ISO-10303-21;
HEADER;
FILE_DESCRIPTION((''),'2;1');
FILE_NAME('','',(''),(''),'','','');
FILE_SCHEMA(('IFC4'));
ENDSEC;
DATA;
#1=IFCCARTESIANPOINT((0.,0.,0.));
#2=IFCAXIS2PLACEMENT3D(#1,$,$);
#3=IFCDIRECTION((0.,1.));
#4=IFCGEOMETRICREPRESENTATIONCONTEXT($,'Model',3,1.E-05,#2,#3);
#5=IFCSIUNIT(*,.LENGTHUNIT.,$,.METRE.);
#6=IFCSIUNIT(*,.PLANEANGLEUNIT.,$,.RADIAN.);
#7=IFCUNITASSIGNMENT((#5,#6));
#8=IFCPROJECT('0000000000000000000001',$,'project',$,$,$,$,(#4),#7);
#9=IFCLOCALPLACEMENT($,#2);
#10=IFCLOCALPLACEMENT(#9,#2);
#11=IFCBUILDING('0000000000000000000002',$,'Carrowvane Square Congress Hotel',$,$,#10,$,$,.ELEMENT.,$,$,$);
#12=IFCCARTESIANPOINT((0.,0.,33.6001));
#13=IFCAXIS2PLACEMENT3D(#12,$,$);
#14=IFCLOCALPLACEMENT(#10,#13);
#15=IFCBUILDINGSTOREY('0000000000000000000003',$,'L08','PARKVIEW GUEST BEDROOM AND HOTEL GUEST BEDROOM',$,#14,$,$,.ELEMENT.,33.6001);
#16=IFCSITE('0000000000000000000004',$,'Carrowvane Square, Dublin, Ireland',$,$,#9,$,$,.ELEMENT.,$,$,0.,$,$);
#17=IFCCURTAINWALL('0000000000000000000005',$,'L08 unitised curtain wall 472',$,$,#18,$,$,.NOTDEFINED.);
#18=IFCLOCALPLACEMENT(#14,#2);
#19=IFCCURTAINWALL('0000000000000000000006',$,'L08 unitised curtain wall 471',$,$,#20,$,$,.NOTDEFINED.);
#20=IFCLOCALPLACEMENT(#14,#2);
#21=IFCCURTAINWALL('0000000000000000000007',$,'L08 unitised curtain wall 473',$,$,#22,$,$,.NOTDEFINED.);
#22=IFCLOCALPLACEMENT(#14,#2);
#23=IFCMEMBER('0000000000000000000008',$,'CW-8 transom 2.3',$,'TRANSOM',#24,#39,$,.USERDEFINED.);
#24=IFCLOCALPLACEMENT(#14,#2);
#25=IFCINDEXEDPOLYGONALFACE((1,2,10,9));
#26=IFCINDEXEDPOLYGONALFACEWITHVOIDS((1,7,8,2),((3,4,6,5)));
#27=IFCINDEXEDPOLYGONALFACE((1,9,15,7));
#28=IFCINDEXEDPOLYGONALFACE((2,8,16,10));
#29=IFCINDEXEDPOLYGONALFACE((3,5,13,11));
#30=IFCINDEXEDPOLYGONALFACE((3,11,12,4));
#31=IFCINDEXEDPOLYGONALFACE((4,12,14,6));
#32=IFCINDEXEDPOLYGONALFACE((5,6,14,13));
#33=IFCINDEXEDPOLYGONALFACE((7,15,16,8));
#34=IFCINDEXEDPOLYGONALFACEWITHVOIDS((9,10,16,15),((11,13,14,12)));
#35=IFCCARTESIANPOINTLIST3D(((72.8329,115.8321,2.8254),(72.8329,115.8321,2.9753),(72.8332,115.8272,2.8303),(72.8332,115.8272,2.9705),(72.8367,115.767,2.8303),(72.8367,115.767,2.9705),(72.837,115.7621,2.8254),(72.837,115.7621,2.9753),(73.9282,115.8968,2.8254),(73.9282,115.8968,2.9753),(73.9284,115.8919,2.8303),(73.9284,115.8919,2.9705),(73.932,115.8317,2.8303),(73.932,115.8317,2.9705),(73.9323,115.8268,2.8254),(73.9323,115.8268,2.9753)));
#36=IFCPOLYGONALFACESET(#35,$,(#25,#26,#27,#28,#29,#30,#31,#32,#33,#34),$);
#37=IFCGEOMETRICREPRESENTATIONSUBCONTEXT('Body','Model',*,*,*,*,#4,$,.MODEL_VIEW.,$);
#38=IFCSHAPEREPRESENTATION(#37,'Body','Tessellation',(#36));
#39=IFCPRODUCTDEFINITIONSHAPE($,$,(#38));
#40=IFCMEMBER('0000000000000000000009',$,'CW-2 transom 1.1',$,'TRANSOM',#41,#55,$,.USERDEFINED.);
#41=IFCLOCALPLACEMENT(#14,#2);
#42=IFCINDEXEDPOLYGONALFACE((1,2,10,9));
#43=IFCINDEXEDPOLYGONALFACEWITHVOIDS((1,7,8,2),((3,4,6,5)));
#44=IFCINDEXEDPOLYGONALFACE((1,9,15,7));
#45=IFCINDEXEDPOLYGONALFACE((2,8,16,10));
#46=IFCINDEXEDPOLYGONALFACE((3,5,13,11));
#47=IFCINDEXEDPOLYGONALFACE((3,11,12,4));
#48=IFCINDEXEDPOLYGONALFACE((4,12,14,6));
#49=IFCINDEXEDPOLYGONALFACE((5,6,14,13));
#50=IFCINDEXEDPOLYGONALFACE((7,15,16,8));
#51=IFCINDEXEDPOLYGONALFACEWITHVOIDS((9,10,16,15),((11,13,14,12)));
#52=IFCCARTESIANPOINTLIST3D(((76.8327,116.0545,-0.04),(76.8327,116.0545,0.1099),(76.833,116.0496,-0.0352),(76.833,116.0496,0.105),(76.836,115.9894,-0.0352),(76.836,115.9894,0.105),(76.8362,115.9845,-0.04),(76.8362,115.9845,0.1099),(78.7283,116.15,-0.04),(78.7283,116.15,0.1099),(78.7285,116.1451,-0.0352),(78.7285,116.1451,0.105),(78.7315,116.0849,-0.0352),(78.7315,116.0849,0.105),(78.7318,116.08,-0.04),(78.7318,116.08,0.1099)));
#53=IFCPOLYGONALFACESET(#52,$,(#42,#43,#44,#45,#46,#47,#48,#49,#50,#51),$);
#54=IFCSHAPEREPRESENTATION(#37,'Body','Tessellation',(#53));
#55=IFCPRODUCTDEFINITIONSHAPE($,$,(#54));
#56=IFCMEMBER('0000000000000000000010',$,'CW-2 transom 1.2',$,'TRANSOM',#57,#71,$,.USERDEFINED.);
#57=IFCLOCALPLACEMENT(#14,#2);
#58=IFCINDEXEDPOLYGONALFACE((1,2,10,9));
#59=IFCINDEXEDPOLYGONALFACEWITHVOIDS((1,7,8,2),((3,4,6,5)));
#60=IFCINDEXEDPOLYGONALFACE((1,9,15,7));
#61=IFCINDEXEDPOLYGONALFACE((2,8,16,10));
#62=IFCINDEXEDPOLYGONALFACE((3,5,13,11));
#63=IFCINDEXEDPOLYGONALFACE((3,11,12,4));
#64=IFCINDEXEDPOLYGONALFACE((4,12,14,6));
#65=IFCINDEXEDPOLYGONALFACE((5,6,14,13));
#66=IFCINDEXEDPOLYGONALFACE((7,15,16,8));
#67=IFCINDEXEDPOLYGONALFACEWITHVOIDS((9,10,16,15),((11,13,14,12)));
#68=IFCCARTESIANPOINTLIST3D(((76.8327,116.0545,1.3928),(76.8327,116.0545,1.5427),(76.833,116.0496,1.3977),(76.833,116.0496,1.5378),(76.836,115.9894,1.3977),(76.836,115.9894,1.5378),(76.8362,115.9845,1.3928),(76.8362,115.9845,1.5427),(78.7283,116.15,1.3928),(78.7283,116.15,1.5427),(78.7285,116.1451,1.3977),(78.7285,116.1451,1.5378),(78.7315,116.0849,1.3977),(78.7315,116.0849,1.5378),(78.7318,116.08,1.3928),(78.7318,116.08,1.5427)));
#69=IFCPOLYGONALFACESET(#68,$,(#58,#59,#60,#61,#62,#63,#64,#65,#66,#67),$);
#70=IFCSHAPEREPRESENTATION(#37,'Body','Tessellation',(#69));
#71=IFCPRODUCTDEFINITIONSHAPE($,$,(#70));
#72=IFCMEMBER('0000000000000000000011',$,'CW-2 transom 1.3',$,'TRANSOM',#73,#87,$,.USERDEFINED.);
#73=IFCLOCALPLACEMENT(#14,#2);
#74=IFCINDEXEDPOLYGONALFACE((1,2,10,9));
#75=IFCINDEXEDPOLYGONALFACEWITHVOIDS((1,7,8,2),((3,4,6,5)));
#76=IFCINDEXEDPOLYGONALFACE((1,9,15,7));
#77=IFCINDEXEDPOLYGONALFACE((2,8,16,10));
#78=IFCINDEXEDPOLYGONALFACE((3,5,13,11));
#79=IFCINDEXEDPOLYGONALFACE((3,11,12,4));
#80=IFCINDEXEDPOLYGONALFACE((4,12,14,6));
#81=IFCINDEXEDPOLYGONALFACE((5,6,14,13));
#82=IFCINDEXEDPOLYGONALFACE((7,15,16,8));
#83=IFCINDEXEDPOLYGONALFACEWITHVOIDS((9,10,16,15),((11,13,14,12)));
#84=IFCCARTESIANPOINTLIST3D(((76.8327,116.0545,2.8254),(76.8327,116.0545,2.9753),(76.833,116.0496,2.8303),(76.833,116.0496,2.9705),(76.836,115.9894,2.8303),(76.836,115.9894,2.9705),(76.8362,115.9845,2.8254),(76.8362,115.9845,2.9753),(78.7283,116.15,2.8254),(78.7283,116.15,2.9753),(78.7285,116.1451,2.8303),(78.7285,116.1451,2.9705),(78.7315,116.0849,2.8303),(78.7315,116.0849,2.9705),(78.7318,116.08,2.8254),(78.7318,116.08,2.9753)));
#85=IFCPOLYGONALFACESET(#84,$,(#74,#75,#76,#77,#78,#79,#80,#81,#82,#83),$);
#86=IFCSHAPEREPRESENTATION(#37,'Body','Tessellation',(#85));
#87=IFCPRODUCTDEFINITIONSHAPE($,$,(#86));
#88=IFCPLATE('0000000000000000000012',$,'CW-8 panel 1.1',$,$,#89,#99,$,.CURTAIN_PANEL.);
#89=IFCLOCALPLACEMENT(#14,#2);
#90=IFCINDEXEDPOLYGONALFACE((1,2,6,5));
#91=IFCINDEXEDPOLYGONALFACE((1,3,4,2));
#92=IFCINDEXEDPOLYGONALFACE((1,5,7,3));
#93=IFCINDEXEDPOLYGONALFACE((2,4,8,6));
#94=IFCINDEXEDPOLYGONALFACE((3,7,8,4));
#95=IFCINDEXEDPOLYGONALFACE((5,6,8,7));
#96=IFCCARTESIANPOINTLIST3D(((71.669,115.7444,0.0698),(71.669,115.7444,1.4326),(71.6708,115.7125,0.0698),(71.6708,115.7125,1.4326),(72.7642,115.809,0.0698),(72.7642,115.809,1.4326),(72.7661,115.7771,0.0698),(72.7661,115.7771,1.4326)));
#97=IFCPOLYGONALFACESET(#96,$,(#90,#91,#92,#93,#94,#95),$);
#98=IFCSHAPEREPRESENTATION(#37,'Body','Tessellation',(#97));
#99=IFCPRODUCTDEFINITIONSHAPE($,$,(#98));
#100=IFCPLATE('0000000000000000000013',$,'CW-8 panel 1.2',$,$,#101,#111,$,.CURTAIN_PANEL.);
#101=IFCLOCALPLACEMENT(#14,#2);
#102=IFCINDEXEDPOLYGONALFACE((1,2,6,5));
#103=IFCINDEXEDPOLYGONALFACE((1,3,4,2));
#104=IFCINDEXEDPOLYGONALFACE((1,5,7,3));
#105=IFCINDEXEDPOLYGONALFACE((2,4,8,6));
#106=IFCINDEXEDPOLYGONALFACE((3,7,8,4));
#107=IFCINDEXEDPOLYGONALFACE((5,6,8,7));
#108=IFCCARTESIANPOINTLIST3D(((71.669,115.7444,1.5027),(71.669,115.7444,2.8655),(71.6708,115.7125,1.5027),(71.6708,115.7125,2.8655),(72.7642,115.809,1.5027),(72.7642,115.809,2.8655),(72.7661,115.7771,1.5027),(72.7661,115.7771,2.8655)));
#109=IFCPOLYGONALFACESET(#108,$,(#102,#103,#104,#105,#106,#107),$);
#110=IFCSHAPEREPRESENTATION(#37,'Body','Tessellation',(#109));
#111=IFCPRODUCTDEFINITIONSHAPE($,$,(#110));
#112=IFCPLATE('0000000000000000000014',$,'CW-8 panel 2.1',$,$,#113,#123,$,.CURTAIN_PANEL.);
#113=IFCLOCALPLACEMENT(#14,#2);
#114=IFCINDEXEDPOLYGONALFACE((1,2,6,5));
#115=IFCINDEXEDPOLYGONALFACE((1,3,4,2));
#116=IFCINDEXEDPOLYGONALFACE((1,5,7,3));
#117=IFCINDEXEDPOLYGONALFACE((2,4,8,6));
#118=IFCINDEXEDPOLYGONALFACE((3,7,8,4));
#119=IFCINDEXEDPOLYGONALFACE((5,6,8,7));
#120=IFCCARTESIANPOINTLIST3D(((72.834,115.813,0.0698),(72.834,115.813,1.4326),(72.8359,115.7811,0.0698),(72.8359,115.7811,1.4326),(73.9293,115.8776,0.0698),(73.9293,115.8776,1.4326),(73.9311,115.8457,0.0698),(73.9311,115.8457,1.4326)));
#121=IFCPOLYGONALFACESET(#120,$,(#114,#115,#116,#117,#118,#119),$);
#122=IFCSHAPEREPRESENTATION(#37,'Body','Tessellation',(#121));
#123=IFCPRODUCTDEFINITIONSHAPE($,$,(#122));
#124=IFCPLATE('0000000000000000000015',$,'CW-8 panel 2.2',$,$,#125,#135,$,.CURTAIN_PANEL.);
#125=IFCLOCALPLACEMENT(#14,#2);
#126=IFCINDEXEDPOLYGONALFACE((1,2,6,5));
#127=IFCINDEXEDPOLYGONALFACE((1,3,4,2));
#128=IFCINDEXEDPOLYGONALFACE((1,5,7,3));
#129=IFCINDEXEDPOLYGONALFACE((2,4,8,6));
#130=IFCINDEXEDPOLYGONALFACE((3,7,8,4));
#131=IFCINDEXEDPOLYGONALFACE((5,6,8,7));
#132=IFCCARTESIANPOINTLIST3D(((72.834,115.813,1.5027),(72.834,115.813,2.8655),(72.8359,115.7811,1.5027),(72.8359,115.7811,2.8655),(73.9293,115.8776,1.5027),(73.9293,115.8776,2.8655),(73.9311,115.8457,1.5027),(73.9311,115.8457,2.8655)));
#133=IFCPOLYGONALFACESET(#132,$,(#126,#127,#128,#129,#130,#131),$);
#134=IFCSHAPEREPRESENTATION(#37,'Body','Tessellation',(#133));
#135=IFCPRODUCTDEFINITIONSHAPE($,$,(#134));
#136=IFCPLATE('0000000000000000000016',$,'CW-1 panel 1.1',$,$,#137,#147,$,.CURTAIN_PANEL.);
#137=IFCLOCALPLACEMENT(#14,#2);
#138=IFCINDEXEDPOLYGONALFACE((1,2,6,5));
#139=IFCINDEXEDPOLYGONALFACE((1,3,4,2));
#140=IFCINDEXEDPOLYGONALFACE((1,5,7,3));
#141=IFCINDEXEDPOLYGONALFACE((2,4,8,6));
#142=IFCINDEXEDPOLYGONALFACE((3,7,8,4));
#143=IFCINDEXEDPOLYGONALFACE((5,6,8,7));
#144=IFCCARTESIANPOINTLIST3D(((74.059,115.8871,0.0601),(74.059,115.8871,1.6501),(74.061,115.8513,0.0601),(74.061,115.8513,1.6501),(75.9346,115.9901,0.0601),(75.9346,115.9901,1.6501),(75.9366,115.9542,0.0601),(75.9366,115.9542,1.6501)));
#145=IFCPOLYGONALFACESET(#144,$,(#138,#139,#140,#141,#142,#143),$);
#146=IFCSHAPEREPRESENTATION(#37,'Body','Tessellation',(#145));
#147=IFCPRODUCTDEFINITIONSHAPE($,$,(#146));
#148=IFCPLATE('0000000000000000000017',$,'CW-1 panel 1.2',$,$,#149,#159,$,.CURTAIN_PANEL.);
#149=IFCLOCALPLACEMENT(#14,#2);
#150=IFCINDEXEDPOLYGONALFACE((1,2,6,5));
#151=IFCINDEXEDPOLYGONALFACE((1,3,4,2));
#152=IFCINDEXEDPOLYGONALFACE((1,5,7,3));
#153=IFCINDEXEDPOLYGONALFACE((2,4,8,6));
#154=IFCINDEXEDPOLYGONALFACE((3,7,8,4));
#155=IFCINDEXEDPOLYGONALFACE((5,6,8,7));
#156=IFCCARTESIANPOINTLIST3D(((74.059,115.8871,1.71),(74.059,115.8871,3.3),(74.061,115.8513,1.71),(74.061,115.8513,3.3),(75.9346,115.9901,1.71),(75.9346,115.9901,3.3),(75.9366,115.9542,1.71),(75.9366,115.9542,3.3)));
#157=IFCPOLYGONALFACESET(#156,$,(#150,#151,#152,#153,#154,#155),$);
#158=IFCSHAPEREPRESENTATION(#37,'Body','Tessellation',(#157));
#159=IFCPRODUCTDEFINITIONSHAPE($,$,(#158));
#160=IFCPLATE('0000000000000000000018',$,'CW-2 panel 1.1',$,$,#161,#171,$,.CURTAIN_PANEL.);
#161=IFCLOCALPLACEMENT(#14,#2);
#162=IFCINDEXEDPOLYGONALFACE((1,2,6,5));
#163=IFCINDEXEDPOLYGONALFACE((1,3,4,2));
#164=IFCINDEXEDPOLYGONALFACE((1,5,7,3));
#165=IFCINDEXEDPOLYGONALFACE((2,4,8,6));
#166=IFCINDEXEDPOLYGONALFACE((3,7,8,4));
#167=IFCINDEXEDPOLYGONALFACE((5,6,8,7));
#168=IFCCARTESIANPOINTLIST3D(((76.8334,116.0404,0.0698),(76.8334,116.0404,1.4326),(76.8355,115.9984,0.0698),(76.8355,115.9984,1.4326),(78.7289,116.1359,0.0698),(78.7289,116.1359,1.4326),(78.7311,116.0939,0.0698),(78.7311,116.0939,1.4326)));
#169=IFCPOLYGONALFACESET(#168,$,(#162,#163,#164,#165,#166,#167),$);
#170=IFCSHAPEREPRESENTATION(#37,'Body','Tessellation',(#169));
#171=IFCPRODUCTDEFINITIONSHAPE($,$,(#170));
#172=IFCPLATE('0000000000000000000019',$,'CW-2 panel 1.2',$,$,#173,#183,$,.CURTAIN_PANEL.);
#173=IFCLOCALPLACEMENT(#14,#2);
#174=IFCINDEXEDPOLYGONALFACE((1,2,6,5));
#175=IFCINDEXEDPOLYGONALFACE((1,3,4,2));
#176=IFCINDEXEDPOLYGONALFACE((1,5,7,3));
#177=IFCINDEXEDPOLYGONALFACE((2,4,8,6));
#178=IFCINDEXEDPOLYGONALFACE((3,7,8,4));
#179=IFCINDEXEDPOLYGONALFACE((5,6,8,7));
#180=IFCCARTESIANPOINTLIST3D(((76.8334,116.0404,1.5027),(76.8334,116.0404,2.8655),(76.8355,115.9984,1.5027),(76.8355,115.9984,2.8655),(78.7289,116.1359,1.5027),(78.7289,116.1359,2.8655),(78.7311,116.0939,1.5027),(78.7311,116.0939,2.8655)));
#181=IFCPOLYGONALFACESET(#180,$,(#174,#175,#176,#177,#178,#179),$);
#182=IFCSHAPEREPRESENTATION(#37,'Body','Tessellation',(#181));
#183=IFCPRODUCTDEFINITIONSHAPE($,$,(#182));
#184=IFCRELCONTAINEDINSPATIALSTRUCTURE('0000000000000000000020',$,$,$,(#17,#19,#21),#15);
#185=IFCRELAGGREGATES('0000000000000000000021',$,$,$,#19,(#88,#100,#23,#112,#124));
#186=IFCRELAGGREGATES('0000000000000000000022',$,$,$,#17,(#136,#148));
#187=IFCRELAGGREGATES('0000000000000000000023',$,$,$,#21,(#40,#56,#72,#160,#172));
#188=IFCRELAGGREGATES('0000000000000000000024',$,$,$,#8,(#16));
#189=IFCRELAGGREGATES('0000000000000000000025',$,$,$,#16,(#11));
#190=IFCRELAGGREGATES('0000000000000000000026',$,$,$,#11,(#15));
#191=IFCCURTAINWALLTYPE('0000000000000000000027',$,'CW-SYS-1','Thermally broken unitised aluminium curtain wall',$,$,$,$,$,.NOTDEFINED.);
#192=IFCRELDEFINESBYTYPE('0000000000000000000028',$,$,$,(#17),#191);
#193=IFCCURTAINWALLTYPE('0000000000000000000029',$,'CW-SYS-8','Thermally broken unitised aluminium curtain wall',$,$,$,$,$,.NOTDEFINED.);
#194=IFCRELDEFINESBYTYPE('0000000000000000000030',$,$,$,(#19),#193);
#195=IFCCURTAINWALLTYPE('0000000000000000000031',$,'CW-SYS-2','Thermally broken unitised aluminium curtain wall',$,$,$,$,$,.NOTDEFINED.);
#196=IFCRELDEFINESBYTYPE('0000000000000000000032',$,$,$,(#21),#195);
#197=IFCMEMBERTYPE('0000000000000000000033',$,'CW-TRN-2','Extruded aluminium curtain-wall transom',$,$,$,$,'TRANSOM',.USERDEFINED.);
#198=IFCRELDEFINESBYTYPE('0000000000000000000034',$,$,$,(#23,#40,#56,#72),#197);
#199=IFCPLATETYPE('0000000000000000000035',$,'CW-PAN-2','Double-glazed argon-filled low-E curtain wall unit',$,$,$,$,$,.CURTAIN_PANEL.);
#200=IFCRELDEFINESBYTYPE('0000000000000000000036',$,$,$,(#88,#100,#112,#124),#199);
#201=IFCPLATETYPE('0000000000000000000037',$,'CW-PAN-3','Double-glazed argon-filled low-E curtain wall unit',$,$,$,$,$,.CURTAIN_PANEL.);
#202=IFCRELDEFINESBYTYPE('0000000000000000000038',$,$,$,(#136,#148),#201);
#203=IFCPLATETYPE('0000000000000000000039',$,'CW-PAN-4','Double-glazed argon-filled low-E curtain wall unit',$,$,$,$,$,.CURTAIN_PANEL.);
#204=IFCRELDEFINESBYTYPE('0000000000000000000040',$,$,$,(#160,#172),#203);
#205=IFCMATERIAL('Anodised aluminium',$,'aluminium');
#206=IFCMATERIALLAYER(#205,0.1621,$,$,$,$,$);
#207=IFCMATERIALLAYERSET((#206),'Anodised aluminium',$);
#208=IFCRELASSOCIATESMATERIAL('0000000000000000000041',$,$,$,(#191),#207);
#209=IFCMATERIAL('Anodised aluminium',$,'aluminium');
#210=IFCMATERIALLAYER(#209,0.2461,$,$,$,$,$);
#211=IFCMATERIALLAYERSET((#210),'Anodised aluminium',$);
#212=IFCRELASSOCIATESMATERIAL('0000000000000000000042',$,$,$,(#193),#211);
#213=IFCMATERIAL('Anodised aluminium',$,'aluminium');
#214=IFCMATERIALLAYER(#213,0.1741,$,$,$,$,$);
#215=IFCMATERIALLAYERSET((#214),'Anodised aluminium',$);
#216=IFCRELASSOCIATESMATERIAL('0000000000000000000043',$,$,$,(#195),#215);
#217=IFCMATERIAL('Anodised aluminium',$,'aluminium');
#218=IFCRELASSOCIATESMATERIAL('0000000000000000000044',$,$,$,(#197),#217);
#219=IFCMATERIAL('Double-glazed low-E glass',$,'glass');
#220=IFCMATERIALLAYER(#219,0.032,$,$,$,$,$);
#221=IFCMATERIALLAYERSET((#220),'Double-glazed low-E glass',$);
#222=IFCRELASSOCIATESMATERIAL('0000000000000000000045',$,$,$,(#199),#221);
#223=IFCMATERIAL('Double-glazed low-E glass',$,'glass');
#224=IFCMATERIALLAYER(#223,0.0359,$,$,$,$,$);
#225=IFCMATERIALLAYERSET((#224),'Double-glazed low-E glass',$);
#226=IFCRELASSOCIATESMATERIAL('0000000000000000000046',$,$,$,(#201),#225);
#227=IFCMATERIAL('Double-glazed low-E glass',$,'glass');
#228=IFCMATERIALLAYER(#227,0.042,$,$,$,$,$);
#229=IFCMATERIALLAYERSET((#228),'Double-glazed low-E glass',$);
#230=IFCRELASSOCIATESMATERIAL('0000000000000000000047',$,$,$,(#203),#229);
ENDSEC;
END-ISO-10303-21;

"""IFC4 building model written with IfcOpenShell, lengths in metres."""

from ifc_helpers import new_model, si_unit, direction, frame, origin, origin_2d, place, context, subcontext, project, spatial, rectangle, hollow_rectangle, extrude, material, layer, layer_set, material_profile, profile_set, type_object, element, aggregate, save


model = new_model("IFC4")

# Units and contexts
model_context = context("Model", 3, precision=1e-05, world=origin(), true_north=direction((0.0, 1.0)))
body_context = subcontext(model_context, "Body", "Model", "MODEL_VIEW")
ifc_project = project(units=[si_unit("LENGTHUNIT", "METRE"), si_unit("PLANEANGLEUNIT", "RADIAN")], contexts=[model_context])

# Site, building, storey
site_placement = place(None, origin())
site = spatial("IfcSite", under=ifc_project, at=site_placement, Name="Carrowvane Square, Dublin, Ireland", CompositionType="ELEMENT", RefElevation=0.0)
building_placement = place(site_placement, origin())
building = spatial("IfcBuilding", under=site, at=building_placement, Name="Carrowvane Square Congress Hotel", CompositionType="ELEMENT")
storey_placement = place(building_placement, frame((0.0, 0.0, 33.6001)))
storey = spatial("IfcBuildingStorey", under=building, at=storey_placement, Name="L08", Description="PARKVIEW GUEST BEDROOM AND HOTEL GUEST BEDROOM", CompositionType="ELEMENT", Elevation=33.6001)

# Curtain walls
ifc_material_1 = material(Name="Anodised aluminium", Category="aluminium")
ifc_layer_1 = layer(ifc_material_1, 0.1621)
ifc_layer_set_1 = layer_set([ifc_layer_1], Name="Anodised aluminium")
curtain_wall_type_1 = type_object("IfcCurtainWallType", Name="CW-SYS-1", Description="Thermally broken unitised aluminium curtain wall", PredefinedType="NOTDEFINED", material=ifc_layer_set_1)
curtain_wall_1_placement = place(storey_placement, origin())
curtain_wall_1 = element("IfcCurtainWall", 1, at=curtain_wall_1_placement, inside=storey, type_object=curtain_wall_type_1, Name="L08 unitised curtain wall 472", PredefinedType="NOTDEFINED")
ifc_material_2 = material(Name="Anodised aluminium", Category="aluminium")
ifc_layer_2 = layer(ifc_material_2, 0.2461)
ifc_layer_set_2 = layer_set([ifc_layer_2], Name="Anodised aluminium")
curtain_wall_type_2 = type_object("IfcCurtainWallType", Name="CW-SYS-8", Description="Thermally broken unitised aluminium curtain wall", PredefinedType="NOTDEFINED", material=ifc_layer_set_2)
curtain_wall_2_placement = place(storey_placement, origin())
curtain_wall_2 = element("IfcCurtainWall", 2, at=curtain_wall_2_placement, inside=storey, type_object=curtain_wall_type_2, Name="L08 unitised curtain wall 471", PredefinedType="NOTDEFINED")

# Curtain wall
ifc_material_3 = material(Name="Anodised aluminium", Category="aluminium")
ifc_layer_3 = layer(ifc_material_3, 0.1741)
ifc_layer_set_3 = layer_set([ifc_layer_3], Name="Anodised aluminium")
curtain_wall_type_3 = type_object("IfcCurtainWallType", Name="CW-SYS-2", Description="Thermally broken unitised aluminium curtain wall", PredefinedType="NOTDEFINED", material=ifc_layer_set_3)
curtain_wall_3_placement = place(storey_placement, origin())
curtain_wall_3 = element("IfcCurtainWall", 3, at=curtain_wall_3_placement, inside=storey, type_object=curtain_wall_type_3, Name="L08 unitised curtain wall 473", PredefinedType="NOTDEFINED")

# Members
ifc_material_4 = material(Name="Anodised aluminium", Category="aluminium")
ifc_material_profile_1 = material_profile(ifc_material_4, hollow_rectangle(XDim=0.0701, YDim=0.1499, WallThickness=0.0049, at=origin_2d()), Name="CW-TR 70x150x5")
ifc_profile_set_1 = profile_set([ifc_material_profile_1], Name="Anodised aluminium")
member_type_1 = type_object("IfcMemberType", Name="CW-TRN-2", Description="Extruded aluminium curtain-wall transom", ElementType="TRANSOM", PredefinedType="USERDEFINED", material=ifc_profile_set_1)
member_1_placement = place(storey_placement, frame((72.835, 115.7971, 2.9004), z_axis=(0.99826, 0.05897, 0.0), x_axis=(-0.05897, 0.99826, 0.0)))
member_1 = element("IfcMember", 4, at=member_1_placement, type_object=member_type_1, Name="CW-8 transom 2.3", ObjectType="TRANSOM", PredefinedType="USERDEFINED", context=body_context, shape_type="SweptSolid", body=[
    extrude(hollow_rectangle(XDim=0.0701, YDim=0.1499, WallThickness=0.0049, at=origin_2d()), origin(), (0.0, 0.0, 1.0), 1.0972),
])
member_2_placement = place(storey_placement, frame((76.8345, 116.0195, 0.0349), z_axis=(0.998734, 0.050297, 0.0), x_axis=(-0.050297, 0.998734, 0.0)))
member_2 = element("IfcMember", 5, at=member_2_placement, type_object=member_type_1, Name="CW-2 transom 1.1", ObjectType="TRANSOM", PredefinedType="USERDEFINED", context=body_context, shape_type="SweptSolid", body=[
    extrude(hollow_rectangle(XDim=0.0701, YDim=0.1499, WallThickness=0.0049, at=origin_2d()), origin(), (0.0, 0.0, 1.0), 1.8979),
])
member_3_placement = place(storey_placement, frame((76.8345, 116.0195, 1.4678), z_axis=(0.998734, 0.050297, 0.0), x_axis=(-0.050297, 0.998734, 0.0)))
member_3 = element("IfcMember", 6, at=member_3_placement, type_object=member_type_1, Name="CW-2 transom 1.2", ObjectType="TRANSOM", PredefinedType="USERDEFINED", context=body_context, shape_type="SweptSolid", body=[
    extrude(hollow_rectangle(XDim=0.0701, YDim=0.1499, WallThickness=0.0049, at=origin_2d()), origin(), (0.0, 0.0, 1.0), 1.8979),
])
member_4_placement = place(storey_placement, frame((76.8345, 116.0195, 2.9004), z_axis=(0.998734, 0.050297, 0.0), x_axis=(-0.050297, 0.998734, 0.0)))
member_4 = element("IfcMember", 7, at=member_4_placement, type_object=member_type_1, Name="CW-2 transom 1.3", ObjectType="TRANSOM", PredefinedType="USERDEFINED", context=body_context, shape_type="SweptSolid", body=[
    extrude(hollow_rectangle(XDim=0.0701, YDim=0.1499, WallThickness=0.0049, at=origin_2d()), origin(), (0.0, 0.0, 1.0), 1.8979),
])

# Plates
ifc_material_5 = material(Name="Double-glazed low-E glass", Category="glass")
ifc_layer_4 = layer(ifc_material_5, 0.032)
ifc_layer_set_4 = layer_set([ifc_layer_4], Name="Double-glazed low-E glass")
plate_type_1 = type_object("IfcPlateType", Name="CW-PAN-2", Description="Double-glazed argon-filled low-E curtain wall unit", PredefinedType="CURTAIN_PANEL", material=ifc_layer_set_4)
plate_1_placement = place(storey_placement, frame((72.2175, 115.7607, 0.0698), z_axis=(0.0, 0.0, 1.0), x_axis=(0.998267, 0.058851, 0.0)))
plate_1 = element("IfcPlate", 8, at=plate_1_placement, type_object=plate_type_1, Name="CW-8 panel 1.1", PredefinedType="CURTAIN_PANEL", context=body_context, shape_type="SweptSolid", body=[
    extrude(rectangle(XDim=1.0972, YDim=0.032, at=origin_2d()), origin(), (0.0, 0.0, 1.0), 1.3628),
])
plate_2_placement = place(storey_placement, frame((72.2175, 115.7607, 1.5027), z_axis=(0.0, 0.0, 1.0), x_axis=(0.998267, 0.058851, 0.0)))
plate_2 = element("IfcPlate", 9, at=plate_2_placement, type_object=plate_type_1, Name="CW-8 panel 1.2", PredefinedType="CURTAIN_PANEL", context=body_context, shape_type="SweptSolid", body=[
    extrude(rectangle(XDim=1.0972, YDim=0.032, at=origin_2d()), origin(), (0.0, 0.0, 1.0), 1.3628),
])
plate_3_placement = place(storey_placement, frame((73.3826, 115.8293, 0.0698), z_axis=(0.0, 0.0, 1.0), x_axis=(0.998267, 0.058851, 0.0)))
plate_3 = element("IfcPlate", 10, at=plate_3_placement, type_object=plate_type_1, Name="CW-8 panel 2.1", PredefinedType="CURTAIN_PANEL", context=body_context, shape_type="SweptSolid", body=[
    extrude(rectangle(XDim=1.0972, YDim=0.032, at=origin_2d()), origin(), (0.0, 0.0, 1.0), 1.3628),
])
plate_4_placement = place(storey_placement, frame((73.3826, 115.8293, 1.5027), z_axis=(0.0, 0.0, 1.0), x_axis=(0.998267, 0.058851, 0.0)))
plate_4 = element("IfcPlate", 11, at=plate_4_placement, type_object=plate_type_1, Name="CW-8 panel 2.2", PredefinedType="CURTAIN_PANEL", context=body_context, shape_type="SweptSolid", body=[
    extrude(rectangle(XDim=1.0972, YDim=0.032, at=origin_2d()), origin(), (0.0, 0.0, 1.0), 1.3628),
])
aggregate(curtain_wall_2, [plate_1, plate_2, member_1, plate_3, plate_4])
ifc_material_6 = material(Name="Double-glazed low-E glass", Category="glass")
ifc_layer_5 = layer(ifc_material_6, 0.0359)
ifc_layer_set_5 = layer_set([ifc_layer_5], Name="Double-glazed low-E glass")
plate_type_2 = type_object("IfcPlateType", Name="CW-PAN-3", Description="Double-glazed argon-filled low-E curtain wall unit", PredefinedType="CURTAIN_PANEL", material=ifc_layer_set_5)
plate_5_placement = place(storey_placement, frame((74.9978, 115.9207, 0.0601), z_axis=(0.0, 0.0, 1.0), x_axis=(0.998496, 0.054816, 0.0)))
plate_5 = element("IfcPlate", 12, at=plate_5_placement, type_object=plate_type_2, Name="CW-1 panel 1.1", PredefinedType="CURTAIN_PANEL", context=body_context, shape_type="SweptSolid", body=[
    extrude(rectangle(XDim=1.8784, YDim=0.0359, at=origin_2d()), origin(), (0.0, 0.0, 1.0), 1.5901),
])
plate_6_placement = place(storey_placement, frame((74.9978, 115.9207, 1.71), z_axis=(0.0, 0.0, 1.0), x_axis=(0.998496, 0.054816, 0.0)))
plate_6 = element("IfcPlate", 13, at=plate_6_placement, type_object=plate_type_2, Name="CW-1 panel 1.2", PredefinedType="CURTAIN_PANEL", context=body_context, shape_type="SweptSolid", body=[
    extrude(rectangle(XDim=1.8784, YDim=0.0359, at=origin_2d()), origin(), (0.0, 0.0, 1.0), 1.5901),
])
aggregate(curtain_wall_1, [plate_5, plate_6])
ifc_material_7 = material(Name="Double-glazed low-E glass", Category="glass")
ifc_layer_6 = layer(ifc_material_7, 0.042)
ifc_layer_set_6 = layer_set([ifc_layer_6], Name="Double-glazed low-E glass")
plate_type_3 = type_object("IfcPlateType", Name="CW-PAN-4", Description="Double-glazed argon-filled low-E curtain wall unit", PredefinedType="CURTAIN_PANEL", material=ifc_layer_set_6)
plate_7_placement = place(storey_placement, frame((77.7822, 116.0671, 0.0698), z_axis=(0.0, 0.0, 1.0), x_axis=(0.998733, 0.050324, 0.0)))
plate_7 = element("IfcPlate", 14, at=plate_7_placement, type_object=plate_type_3, Name="CW-2 panel 1.1", PredefinedType="CURTAIN_PANEL", context=body_context, shape_type="SweptSolid", body=[
    extrude(rectangle(XDim=1.8979, YDim=0.042, at=origin_2d()), origin(), (0.0, 0.0, 1.0), 1.3628),
])
plate_8_placement = place(storey_placement, frame((77.7822, 116.0671, 1.5027), z_axis=(0.0, 0.0, 1.0), x_axis=(0.998733, 0.050324, 0.0)))
plate_8 = element("IfcPlate", 15, at=plate_8_placement, type_object=plate_type_3, Name="CW-2 panel 1.2", PredefinedType="CURTAIN_PANEL", context=body_context, shape_type="SweptSolid", body=[
    extrude(rectangle(XDim=1.8979, YDim=0.042, at=origin_2d()), origin(), (0.0, 0.0, 1.0), 1.3628),
])
aggregate(curtain_wall_3, [member_2, member_3, member_4, plate_7, plate_8])

save(model, "model.ifc")
